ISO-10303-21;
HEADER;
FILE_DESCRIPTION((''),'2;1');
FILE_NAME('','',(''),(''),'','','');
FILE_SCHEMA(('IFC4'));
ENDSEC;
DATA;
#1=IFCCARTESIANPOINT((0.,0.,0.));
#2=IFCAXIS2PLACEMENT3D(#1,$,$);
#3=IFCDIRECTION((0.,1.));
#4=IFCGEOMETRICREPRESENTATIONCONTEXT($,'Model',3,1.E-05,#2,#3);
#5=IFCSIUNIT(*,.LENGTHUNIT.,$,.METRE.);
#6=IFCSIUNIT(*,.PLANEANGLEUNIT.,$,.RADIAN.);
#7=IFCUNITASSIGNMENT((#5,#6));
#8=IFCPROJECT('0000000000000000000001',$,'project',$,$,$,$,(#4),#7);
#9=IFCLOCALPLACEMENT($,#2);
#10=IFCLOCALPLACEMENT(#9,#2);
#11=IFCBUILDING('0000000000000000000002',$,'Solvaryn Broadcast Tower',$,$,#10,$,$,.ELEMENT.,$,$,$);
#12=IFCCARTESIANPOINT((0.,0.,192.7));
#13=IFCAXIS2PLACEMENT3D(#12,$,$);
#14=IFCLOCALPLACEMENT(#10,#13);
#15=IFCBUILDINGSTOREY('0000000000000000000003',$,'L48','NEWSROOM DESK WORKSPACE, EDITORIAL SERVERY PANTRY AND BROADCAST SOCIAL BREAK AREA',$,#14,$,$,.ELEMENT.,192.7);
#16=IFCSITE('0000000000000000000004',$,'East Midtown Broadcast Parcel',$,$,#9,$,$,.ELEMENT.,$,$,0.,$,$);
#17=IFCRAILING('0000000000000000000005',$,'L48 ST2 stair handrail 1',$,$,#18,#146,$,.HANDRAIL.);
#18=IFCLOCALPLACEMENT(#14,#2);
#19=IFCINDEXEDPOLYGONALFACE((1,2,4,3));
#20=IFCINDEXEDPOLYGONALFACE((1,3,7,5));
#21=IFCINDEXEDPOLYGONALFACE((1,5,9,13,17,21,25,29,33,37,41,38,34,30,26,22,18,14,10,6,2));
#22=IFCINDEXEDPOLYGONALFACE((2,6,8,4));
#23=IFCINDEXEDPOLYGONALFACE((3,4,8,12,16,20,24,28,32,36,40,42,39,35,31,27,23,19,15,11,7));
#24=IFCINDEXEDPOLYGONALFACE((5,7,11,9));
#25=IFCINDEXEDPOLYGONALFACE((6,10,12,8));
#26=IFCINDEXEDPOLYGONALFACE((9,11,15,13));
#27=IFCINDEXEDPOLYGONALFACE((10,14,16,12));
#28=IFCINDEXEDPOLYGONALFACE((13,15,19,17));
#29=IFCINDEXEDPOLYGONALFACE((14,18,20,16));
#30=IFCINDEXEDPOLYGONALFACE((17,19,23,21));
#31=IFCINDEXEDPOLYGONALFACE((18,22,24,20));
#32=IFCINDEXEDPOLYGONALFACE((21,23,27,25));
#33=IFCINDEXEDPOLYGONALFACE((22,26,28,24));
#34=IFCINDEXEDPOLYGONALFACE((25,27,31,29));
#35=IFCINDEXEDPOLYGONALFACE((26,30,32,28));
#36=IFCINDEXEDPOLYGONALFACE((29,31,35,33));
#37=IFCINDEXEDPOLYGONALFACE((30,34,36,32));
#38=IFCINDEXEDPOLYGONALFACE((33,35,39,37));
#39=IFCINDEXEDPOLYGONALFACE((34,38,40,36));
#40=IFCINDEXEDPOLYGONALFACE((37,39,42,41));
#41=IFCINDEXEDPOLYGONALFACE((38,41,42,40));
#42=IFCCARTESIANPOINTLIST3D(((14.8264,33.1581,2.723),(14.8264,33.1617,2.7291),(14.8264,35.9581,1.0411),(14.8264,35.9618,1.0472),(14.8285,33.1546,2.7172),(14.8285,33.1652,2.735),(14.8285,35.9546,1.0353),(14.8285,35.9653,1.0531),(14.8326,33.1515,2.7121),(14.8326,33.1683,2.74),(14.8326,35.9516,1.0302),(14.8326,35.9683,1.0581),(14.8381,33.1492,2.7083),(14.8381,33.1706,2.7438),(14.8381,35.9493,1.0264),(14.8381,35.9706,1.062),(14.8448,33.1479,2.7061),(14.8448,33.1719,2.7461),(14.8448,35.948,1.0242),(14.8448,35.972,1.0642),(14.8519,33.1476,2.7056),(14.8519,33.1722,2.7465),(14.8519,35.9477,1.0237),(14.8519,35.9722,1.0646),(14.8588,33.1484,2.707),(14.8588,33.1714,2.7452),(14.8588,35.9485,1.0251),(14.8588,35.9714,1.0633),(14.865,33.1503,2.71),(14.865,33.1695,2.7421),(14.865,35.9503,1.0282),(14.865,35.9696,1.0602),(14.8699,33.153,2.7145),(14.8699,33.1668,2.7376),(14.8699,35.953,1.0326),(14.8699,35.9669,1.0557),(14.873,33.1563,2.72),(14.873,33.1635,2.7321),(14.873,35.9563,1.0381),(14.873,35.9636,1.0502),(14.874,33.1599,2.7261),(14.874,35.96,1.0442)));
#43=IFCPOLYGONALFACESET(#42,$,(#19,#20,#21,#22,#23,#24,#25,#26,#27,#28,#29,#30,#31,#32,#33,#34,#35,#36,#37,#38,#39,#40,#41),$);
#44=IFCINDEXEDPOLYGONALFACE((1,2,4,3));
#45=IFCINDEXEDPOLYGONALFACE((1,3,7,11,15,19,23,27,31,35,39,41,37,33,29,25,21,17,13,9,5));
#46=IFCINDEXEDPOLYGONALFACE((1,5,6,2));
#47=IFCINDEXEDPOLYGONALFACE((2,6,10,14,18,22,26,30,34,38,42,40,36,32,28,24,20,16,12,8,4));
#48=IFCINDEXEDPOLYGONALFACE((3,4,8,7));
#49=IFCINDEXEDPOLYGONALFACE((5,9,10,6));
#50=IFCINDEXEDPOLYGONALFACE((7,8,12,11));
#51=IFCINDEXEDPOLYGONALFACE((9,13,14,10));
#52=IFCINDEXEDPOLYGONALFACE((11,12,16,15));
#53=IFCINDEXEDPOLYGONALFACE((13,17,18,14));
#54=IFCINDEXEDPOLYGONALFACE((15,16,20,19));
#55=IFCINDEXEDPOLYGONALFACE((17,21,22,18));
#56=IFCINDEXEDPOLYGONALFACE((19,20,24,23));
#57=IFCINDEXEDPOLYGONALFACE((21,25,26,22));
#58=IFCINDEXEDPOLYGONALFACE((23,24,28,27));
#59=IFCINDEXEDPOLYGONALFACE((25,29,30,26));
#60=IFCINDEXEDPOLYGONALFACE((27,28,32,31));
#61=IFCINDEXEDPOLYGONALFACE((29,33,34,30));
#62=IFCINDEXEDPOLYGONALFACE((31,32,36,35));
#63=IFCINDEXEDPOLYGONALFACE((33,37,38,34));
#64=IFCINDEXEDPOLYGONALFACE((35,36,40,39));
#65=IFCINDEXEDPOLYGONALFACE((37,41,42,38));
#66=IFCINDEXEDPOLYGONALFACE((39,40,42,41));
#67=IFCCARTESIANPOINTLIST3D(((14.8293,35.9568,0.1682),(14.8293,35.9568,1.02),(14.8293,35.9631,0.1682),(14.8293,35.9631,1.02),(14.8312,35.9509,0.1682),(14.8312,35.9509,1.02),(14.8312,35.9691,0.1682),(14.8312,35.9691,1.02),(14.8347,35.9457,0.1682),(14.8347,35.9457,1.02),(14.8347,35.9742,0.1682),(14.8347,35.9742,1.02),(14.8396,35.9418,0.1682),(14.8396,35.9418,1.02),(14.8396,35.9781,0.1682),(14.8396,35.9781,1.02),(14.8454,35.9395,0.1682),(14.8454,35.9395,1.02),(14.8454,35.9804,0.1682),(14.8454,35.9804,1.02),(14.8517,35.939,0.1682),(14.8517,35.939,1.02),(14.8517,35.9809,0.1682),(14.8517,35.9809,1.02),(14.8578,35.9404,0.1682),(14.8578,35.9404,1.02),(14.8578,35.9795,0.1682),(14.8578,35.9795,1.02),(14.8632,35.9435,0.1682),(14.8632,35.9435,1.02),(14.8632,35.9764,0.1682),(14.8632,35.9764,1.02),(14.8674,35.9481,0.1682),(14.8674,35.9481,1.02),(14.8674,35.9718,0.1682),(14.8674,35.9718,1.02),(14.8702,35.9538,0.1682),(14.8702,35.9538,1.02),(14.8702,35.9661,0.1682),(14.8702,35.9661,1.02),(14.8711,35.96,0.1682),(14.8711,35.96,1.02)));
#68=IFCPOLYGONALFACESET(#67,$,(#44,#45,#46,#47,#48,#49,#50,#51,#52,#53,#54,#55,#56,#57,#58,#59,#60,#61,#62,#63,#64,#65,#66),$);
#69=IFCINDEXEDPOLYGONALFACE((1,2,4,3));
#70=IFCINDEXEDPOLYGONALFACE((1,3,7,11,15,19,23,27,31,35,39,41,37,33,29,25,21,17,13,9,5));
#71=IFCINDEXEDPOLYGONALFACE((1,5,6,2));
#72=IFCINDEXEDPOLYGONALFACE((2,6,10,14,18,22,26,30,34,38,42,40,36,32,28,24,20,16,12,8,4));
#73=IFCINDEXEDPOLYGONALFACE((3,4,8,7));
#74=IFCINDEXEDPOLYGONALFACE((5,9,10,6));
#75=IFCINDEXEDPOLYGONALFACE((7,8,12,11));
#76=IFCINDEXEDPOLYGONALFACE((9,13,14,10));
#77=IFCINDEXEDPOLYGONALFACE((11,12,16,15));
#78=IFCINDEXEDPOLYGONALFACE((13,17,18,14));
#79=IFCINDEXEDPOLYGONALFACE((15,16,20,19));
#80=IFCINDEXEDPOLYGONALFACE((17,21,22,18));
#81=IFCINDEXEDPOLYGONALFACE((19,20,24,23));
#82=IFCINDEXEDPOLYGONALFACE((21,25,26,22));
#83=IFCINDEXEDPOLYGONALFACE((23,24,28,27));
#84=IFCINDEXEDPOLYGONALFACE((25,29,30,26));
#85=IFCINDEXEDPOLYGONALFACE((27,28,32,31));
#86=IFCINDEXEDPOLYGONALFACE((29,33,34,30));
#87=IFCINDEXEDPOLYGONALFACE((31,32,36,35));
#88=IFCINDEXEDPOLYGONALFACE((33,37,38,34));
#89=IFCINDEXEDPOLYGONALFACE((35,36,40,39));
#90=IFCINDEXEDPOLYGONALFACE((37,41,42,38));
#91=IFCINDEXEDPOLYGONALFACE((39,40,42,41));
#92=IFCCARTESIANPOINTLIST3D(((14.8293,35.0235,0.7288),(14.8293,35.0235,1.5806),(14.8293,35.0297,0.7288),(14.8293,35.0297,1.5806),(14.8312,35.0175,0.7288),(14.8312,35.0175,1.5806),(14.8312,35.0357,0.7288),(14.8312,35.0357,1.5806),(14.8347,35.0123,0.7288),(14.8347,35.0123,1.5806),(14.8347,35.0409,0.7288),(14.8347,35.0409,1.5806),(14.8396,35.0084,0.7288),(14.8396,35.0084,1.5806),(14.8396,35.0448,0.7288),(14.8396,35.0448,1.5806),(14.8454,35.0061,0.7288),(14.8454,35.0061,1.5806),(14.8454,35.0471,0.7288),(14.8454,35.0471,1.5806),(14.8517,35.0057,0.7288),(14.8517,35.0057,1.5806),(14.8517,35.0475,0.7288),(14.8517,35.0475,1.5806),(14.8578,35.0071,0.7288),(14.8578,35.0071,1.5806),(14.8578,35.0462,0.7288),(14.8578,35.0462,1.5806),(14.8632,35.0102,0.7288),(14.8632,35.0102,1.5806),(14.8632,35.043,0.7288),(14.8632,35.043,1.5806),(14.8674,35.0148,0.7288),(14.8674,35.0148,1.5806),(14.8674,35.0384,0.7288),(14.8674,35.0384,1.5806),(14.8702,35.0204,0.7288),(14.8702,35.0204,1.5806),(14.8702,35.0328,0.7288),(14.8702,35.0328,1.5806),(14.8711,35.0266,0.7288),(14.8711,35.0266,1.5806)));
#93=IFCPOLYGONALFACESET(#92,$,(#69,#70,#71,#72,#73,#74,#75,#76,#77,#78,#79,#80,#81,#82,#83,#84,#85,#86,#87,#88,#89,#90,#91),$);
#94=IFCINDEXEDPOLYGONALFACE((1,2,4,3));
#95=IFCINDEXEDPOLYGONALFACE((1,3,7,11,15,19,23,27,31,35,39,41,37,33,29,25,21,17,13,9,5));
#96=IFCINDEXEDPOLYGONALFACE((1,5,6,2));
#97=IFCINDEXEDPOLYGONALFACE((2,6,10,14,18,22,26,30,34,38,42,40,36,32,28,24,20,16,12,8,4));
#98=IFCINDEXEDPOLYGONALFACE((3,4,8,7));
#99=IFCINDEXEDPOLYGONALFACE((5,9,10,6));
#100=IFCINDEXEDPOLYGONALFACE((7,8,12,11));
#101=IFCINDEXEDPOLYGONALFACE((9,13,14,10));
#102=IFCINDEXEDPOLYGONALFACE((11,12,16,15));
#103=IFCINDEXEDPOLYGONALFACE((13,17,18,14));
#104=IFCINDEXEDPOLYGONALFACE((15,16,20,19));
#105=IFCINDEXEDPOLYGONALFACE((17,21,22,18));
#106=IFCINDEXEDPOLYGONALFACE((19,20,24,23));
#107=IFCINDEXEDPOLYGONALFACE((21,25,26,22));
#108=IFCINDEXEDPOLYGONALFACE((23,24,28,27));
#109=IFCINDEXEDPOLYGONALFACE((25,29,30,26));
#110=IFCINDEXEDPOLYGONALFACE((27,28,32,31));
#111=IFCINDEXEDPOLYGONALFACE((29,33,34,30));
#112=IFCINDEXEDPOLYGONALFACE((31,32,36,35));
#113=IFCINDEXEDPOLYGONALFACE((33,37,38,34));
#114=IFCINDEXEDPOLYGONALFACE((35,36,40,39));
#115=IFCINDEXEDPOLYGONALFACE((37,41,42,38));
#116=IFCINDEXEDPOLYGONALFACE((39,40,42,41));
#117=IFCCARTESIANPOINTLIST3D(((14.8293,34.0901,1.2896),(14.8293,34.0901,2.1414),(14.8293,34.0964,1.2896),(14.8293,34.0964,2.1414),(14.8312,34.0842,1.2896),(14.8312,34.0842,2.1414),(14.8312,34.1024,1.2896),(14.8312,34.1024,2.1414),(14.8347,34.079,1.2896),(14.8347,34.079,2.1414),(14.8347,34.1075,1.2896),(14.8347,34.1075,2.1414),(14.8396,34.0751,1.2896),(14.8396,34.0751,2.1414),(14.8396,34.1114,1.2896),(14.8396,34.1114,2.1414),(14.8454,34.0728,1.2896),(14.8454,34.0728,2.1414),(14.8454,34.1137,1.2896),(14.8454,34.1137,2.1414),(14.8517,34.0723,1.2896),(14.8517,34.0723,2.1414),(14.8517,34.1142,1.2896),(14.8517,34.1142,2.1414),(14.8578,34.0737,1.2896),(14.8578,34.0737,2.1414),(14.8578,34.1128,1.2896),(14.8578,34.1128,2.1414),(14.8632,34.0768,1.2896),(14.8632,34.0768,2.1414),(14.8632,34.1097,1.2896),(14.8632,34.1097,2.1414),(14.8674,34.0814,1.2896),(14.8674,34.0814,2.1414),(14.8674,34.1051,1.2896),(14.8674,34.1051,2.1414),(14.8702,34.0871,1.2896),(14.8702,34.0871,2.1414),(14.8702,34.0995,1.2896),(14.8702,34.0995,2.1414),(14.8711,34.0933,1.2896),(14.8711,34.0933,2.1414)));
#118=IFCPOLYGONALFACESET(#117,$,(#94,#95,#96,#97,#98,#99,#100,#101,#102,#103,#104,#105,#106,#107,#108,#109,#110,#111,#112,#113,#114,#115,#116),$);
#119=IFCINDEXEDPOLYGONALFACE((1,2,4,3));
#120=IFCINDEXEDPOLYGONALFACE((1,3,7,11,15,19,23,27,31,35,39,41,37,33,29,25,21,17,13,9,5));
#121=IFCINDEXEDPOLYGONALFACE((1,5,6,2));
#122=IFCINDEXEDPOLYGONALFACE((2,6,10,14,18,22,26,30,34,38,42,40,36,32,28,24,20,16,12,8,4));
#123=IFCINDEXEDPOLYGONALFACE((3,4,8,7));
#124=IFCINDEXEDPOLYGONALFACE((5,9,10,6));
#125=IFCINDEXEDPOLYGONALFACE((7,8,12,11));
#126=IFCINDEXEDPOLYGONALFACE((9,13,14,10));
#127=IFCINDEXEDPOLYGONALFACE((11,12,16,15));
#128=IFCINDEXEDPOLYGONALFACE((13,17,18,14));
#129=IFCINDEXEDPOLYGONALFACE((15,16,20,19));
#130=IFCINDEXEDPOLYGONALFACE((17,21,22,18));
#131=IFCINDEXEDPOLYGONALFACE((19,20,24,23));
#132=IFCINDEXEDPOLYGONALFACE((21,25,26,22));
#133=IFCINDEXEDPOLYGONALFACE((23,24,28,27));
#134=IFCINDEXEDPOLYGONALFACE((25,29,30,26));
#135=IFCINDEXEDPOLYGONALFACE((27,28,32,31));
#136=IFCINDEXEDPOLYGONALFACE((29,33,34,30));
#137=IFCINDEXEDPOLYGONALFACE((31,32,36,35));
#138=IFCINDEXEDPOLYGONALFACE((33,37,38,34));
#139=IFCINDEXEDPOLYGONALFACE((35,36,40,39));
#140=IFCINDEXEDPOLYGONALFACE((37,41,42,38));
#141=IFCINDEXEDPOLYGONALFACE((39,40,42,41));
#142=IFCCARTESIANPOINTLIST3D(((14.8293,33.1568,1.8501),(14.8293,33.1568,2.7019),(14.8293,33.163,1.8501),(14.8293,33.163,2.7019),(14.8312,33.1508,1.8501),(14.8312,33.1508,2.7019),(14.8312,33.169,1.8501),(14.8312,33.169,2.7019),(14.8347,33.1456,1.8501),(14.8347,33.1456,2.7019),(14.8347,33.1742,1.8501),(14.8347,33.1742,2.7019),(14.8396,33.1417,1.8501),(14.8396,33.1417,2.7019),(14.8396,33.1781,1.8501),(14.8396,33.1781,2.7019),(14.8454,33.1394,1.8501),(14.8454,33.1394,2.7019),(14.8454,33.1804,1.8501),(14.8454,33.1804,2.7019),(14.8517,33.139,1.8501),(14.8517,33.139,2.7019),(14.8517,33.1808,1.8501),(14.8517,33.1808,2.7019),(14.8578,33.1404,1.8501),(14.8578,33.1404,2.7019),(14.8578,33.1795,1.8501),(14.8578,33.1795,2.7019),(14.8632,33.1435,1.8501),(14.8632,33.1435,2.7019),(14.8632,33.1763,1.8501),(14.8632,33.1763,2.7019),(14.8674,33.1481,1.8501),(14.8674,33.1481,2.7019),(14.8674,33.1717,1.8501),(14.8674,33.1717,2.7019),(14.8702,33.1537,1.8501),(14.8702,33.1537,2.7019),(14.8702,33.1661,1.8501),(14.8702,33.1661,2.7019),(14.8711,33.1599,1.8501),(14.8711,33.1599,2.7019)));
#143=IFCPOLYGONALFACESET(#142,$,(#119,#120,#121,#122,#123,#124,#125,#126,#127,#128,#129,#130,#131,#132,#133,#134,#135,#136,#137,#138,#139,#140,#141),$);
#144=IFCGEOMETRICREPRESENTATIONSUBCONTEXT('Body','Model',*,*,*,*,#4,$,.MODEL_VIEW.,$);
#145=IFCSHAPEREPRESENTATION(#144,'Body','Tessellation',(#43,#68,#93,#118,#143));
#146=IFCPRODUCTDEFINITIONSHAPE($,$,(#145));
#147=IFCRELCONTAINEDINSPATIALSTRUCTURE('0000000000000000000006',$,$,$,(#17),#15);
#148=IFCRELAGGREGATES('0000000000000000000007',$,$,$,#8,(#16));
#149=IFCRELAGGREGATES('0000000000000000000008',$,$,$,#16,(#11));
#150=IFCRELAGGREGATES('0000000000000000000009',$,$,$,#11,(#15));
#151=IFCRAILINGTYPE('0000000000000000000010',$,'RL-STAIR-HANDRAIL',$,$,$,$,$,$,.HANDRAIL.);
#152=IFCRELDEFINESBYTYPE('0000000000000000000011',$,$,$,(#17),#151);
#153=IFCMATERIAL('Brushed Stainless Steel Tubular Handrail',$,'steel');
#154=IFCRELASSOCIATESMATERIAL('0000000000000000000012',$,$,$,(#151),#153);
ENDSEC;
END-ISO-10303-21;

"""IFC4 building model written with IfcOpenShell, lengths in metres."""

from ifc_helpers import new_model, si_unit, direction, frame, origin, origin_2d, place, context, subcontext, project, spatial, circle, extrude, material, type_object, element, save


model = new_model("IFC4")

# Units and contexts
model_context = context("Model", 3, precision=1e-05, world=origin(), true_north=direction((0.0, 1.0)))
body_context = subcontext(model_context, "Body", "Model", "MODEL_VIEW")
ifc_project = project(units=[si_unit("LENGTHUNIT", "METRE"), si_unit("PLANEANGLEUNIT", "RADIAN")], contexts=[model_context])

# Site, building, storey
site_placement = place(None, origin())
site = spatial("IfcSite", under=ifc_project, at=site_placement, Name="East Midtown Broadcast Parcel", CompositionType="ELEMENT", RefElevation=0.0)
building_placement = place(site_placement, origin())
building = spatial("IfcBuilding", under=site, at=building_placement, Name="Solvaryn Broadcast Tower", CompositionType="ELEMENT")
storey_placement = place(building_placement, frame((0.0, 0.0, 192.7)))
storey = spatial("IfcBuildingStorey", under=building, at=storey_placement, Name="L48", Description="NEWSROOM DESK WORKSPACE, EDITORIAL SERVERY PANTRY AND BROADCAST SOCIAL BREAK AREA", CompositionType="ELEMENT", Elevation=192.7)

# Railing
ifc_material_1 = material(Name="Brushed Stainless Steel Tubular Handrail", Category="steel")
railing_type_1 = type_object("IfcRailingType", Name="RL-STAIR-HANDRAIL", PredefinedType="HANDRAIL", material=ifc_material_1)
railing_1_placement = place(storey_placement, frame((14.8501, 35.96, 0.1682)))
element("IfcRailing", 1, at=railing_1_placement, inside=storey, type_object=railing_type_1, Name="L48 ST2 stair handrail 1", PredefinedType="HANDRAIL", context=body_context, shape_type="SweptSolid", body=[
    extrude(circle(Radius=0.0239, at=origin_2d()), frame((0.0, 0.0, 0.876), z_axis=(0.0, -0.857242, 0.514913), x_axis=(1.0, 0.0, 0.0)), (0.0, 0.0, 1.0), 3.2664),
    extrude(circle(Radius=0.021, at=origin_2d()), origin(), (0.0, 0.0, 1.0), 0.8518),
    extrude(circle(Radius=0.021, at=origin_2d()), frame((0.0, -0.9333, 0.5605)), (0.0, 0.0, 1.0), 0.8518),
    extrude(circle(Radius=0.021, at=origin_2d()), frame((0.0, -1.8667, 1.1213)), (0.0, 0.0, 1.0), 0.8518),
    extrude(circle(Radius=0.021, at=origin_2d()), frame((0.0, -2.8, 1.6819)), (0.0, 0.0, 1.0), 0.8518),
])

save(model, "model.ifc")
